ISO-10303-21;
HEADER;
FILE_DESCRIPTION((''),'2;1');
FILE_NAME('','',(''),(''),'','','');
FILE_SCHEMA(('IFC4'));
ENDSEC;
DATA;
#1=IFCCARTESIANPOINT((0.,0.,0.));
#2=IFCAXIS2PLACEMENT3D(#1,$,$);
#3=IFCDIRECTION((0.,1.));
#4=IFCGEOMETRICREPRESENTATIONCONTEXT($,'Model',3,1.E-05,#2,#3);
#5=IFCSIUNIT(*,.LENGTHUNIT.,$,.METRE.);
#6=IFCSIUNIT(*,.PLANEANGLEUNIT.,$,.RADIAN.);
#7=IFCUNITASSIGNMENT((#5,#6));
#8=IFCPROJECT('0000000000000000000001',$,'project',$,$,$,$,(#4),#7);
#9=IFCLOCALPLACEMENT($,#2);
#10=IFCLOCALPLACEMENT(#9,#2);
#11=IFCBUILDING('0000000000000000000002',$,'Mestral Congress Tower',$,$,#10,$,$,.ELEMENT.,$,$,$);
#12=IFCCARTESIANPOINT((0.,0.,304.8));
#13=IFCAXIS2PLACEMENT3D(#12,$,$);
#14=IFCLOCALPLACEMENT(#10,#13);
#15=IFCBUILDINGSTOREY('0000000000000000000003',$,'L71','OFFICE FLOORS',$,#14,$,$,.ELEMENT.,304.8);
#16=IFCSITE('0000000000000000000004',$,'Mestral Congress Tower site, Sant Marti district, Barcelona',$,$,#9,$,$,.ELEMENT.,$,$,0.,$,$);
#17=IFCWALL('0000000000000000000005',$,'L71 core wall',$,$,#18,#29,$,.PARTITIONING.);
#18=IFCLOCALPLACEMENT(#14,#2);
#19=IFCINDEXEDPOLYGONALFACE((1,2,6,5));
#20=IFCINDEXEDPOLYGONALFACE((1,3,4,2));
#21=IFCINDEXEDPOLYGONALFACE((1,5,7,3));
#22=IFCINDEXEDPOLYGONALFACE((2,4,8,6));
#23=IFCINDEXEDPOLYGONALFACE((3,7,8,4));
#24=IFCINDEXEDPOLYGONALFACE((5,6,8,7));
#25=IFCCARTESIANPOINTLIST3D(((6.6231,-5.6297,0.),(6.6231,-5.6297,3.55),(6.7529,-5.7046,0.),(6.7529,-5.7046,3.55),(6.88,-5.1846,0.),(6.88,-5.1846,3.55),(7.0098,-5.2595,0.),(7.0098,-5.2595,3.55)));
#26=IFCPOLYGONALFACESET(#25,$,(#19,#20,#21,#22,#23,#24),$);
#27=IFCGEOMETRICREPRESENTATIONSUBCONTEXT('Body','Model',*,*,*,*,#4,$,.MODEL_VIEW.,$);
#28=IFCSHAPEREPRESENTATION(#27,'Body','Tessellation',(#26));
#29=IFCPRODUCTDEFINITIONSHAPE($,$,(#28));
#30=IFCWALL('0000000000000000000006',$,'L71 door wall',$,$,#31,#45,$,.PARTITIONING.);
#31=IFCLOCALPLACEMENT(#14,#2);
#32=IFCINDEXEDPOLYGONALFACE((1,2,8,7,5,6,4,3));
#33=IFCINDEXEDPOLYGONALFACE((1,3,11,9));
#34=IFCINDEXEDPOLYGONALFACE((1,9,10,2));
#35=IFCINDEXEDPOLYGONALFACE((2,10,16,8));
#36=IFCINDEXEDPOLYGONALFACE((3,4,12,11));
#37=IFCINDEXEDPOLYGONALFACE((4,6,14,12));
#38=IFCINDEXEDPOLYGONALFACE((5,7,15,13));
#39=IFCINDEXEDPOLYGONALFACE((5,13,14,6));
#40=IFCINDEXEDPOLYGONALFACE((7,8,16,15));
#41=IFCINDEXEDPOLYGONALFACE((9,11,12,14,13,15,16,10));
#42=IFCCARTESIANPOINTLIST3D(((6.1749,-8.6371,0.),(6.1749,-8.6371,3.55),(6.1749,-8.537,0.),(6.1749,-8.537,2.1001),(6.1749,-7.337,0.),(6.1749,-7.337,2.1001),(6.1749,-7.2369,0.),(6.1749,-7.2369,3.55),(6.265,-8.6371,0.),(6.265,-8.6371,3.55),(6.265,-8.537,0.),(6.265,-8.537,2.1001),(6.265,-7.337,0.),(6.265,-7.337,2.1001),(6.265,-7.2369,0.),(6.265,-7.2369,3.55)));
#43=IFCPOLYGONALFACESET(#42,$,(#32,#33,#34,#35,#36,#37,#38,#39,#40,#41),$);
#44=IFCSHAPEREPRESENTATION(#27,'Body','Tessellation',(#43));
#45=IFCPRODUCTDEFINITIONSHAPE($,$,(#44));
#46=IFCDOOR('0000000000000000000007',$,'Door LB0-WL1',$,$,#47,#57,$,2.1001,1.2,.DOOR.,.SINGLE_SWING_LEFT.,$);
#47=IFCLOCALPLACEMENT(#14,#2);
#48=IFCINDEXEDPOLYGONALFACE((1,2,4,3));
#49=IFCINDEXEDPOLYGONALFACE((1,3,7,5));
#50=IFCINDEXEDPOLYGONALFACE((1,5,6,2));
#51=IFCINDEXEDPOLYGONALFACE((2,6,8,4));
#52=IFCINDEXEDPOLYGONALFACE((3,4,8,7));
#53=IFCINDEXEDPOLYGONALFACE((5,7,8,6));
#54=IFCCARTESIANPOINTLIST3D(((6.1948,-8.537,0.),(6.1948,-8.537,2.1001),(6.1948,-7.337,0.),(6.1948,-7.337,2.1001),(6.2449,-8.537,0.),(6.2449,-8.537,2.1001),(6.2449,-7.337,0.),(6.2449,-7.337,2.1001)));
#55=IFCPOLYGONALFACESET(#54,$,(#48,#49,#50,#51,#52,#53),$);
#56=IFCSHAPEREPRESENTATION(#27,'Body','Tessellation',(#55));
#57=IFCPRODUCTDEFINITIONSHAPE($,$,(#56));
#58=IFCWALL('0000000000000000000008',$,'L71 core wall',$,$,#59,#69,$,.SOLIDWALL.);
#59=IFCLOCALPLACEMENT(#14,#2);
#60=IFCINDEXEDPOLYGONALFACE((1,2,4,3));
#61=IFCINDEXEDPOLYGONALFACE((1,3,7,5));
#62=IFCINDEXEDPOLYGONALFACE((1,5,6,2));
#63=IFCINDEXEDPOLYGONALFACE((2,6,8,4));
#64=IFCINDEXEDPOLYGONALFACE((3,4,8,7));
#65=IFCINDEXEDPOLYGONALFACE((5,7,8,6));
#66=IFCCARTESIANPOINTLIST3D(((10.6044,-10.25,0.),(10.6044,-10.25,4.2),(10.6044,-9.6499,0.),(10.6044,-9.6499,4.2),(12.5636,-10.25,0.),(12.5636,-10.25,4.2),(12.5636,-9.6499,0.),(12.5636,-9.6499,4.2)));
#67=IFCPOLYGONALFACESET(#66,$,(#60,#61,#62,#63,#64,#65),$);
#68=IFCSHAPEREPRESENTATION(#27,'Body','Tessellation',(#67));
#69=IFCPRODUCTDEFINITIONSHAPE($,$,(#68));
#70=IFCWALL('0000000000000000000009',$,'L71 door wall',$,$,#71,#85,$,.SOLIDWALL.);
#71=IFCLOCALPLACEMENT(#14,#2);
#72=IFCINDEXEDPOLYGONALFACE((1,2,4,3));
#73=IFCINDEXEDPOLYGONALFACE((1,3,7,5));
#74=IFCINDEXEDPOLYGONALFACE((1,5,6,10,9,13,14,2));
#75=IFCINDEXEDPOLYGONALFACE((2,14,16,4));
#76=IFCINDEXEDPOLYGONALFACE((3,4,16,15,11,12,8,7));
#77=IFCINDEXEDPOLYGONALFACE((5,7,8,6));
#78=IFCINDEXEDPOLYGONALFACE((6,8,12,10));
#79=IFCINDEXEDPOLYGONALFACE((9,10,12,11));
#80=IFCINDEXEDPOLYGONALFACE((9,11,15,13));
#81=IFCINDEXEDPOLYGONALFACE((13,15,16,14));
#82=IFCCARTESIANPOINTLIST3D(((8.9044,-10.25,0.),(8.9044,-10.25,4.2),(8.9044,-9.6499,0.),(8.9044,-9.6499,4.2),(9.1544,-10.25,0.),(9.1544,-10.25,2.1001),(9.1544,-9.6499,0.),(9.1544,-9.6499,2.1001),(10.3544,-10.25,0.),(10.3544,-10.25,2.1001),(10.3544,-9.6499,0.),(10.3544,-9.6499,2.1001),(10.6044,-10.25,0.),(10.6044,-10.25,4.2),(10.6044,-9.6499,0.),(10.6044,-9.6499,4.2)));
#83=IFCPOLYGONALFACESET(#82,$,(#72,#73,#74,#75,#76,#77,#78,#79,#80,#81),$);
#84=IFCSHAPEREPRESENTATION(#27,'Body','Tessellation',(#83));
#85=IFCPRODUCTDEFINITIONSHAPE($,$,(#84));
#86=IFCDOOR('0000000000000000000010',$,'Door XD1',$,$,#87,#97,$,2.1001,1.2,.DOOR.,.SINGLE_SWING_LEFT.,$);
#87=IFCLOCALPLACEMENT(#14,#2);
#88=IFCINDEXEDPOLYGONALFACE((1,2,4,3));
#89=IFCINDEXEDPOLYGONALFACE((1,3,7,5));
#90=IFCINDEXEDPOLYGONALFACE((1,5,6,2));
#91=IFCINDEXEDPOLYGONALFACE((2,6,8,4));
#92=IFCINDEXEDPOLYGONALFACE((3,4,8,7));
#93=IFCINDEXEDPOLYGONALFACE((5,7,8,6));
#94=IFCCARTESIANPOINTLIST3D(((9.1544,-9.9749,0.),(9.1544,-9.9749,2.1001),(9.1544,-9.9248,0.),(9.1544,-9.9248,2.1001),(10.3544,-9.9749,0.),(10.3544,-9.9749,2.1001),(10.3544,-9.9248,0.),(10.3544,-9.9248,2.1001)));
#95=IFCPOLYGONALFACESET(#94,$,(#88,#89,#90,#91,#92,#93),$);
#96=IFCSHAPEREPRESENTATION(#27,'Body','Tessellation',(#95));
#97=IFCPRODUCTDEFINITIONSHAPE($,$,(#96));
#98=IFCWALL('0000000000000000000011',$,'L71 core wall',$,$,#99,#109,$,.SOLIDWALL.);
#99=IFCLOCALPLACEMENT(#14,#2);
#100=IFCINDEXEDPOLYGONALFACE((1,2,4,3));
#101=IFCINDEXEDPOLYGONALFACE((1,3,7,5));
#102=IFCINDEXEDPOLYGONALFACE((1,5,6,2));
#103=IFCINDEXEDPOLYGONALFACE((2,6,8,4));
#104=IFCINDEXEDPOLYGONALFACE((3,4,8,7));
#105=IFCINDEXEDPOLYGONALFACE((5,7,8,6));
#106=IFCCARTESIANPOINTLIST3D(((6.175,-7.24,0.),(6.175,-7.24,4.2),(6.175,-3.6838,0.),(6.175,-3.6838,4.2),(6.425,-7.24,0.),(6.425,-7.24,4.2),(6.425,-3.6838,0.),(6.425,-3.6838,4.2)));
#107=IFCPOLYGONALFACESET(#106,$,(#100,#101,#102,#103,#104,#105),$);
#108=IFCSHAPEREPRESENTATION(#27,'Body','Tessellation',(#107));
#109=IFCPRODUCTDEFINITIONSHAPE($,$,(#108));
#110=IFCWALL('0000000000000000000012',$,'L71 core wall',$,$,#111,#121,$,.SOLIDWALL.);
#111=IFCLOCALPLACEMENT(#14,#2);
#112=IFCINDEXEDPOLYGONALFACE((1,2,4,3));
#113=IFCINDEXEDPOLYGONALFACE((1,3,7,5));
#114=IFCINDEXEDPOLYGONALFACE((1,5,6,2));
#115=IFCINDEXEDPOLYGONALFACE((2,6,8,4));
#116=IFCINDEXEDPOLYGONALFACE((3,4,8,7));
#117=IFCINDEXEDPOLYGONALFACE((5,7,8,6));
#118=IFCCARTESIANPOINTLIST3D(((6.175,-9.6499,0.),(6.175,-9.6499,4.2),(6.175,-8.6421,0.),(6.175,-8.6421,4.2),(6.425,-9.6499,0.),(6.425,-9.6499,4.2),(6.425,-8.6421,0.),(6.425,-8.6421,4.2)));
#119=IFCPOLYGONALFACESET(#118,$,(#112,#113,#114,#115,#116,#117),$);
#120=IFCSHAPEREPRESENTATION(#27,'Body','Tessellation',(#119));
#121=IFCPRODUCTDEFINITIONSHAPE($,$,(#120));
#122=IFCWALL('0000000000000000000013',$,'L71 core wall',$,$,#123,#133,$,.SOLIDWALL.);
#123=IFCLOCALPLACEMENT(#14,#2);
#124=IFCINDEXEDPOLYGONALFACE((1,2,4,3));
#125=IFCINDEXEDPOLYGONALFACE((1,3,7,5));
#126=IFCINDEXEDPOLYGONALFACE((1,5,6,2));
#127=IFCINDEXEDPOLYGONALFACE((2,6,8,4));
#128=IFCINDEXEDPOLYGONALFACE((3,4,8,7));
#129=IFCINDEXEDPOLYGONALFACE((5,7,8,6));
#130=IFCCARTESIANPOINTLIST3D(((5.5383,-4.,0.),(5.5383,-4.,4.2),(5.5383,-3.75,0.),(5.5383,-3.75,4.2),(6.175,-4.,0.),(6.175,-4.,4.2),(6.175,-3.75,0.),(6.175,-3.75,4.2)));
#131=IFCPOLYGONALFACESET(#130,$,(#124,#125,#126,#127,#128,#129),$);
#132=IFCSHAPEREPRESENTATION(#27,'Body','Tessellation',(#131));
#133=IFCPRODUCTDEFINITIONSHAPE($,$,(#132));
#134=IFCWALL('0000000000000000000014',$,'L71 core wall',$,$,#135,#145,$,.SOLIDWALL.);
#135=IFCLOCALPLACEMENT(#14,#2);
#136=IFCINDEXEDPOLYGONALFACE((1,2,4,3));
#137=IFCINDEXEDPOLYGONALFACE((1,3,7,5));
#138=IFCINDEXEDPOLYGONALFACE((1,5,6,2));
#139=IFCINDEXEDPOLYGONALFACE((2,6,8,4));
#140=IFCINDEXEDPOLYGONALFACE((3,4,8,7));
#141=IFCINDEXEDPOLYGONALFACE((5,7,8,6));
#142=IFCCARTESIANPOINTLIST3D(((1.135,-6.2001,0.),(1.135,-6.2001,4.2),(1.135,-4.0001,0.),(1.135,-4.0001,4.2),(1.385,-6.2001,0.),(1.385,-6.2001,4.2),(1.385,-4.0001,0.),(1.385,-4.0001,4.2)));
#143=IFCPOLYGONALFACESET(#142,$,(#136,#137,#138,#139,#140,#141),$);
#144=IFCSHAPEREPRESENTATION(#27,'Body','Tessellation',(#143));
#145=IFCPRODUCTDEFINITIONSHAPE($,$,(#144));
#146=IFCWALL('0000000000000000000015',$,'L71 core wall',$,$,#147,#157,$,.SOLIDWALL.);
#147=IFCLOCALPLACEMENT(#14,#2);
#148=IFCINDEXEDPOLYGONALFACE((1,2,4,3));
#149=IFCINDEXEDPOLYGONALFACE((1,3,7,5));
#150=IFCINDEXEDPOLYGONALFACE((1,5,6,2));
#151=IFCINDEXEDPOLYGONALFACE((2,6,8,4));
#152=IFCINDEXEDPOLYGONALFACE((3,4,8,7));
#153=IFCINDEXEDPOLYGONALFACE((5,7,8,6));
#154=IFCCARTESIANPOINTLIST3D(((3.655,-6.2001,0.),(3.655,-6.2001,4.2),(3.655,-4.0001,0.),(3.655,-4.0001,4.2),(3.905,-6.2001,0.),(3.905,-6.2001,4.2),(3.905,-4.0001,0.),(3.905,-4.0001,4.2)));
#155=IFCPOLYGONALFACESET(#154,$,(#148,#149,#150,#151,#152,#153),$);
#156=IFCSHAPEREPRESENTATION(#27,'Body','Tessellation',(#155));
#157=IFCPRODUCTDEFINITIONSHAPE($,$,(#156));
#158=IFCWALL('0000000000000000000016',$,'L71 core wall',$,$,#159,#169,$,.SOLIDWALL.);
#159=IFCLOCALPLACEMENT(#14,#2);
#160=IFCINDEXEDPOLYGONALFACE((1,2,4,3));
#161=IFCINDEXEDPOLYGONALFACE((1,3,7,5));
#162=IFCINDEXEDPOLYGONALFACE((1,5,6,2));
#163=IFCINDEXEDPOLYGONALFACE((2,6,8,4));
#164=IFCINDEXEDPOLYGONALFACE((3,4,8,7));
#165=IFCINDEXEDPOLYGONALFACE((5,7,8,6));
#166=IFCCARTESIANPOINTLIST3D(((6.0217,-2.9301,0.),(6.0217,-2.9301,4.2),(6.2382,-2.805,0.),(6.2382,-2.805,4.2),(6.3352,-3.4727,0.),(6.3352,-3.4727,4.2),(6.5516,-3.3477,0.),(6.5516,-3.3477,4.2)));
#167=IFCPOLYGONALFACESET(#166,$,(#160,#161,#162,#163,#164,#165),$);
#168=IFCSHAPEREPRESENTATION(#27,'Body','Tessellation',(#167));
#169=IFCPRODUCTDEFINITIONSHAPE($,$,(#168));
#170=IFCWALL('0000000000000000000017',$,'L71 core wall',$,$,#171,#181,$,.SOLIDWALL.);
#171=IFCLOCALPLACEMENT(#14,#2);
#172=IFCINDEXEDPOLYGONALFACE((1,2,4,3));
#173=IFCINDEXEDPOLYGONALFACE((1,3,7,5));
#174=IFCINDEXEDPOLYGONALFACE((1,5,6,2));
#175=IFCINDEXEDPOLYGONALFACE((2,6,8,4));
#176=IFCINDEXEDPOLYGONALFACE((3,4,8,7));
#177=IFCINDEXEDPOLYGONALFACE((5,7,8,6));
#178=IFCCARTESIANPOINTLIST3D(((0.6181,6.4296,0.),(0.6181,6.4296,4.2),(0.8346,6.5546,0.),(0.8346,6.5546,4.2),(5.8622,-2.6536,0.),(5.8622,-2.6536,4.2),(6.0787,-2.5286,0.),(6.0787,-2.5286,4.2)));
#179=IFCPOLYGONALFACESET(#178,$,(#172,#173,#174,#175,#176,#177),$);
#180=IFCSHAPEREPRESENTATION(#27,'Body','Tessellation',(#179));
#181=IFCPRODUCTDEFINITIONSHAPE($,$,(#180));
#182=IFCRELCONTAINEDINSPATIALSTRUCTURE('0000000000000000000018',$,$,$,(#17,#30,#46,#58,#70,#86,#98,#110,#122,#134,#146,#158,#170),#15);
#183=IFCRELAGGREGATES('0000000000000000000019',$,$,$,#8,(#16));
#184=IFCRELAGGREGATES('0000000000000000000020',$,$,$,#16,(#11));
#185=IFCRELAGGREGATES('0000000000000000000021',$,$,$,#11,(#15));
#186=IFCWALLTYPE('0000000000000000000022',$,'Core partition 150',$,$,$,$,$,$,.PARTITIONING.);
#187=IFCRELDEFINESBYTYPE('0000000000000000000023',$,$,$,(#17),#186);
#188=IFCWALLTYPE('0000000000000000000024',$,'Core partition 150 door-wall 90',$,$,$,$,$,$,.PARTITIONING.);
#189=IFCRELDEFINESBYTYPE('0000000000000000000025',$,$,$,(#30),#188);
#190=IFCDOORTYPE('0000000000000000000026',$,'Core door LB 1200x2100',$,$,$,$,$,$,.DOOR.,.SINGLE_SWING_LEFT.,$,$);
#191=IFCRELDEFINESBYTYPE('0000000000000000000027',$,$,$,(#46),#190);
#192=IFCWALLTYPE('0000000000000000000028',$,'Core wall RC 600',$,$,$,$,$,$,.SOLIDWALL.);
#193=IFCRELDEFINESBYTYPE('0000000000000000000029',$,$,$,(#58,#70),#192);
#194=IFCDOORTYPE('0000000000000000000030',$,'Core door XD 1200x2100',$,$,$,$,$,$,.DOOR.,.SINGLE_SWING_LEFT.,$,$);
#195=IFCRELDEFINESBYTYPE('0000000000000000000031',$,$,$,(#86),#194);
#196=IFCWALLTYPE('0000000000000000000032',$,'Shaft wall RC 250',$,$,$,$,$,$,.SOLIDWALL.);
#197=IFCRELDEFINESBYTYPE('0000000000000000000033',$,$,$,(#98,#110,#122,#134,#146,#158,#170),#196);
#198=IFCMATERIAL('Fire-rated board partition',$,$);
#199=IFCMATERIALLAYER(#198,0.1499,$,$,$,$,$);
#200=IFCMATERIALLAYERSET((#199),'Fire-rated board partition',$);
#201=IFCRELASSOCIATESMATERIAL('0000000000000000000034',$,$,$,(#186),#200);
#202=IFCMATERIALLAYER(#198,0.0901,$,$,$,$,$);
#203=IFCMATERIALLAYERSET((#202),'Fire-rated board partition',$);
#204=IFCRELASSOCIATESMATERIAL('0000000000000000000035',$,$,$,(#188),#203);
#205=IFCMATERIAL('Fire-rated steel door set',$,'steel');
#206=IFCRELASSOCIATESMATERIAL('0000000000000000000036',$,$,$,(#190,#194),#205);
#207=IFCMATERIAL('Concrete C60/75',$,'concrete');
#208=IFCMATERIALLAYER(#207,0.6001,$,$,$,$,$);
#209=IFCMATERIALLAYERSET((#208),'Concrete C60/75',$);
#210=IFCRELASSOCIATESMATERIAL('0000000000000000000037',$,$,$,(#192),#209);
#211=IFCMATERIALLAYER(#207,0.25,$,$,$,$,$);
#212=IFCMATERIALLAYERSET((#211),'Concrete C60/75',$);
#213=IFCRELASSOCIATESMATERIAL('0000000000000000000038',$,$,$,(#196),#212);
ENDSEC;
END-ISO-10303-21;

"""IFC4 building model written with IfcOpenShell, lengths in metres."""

from ifc_helpers import new_model, si_unit, direction, frame, frame_2d, origin, place, context, subcontext, project, spatial, rectangle, extrude, material, layer, layer_set, type_object, element, fill, save


model = new_model("IFC4")

# Units and contexts
model_context = context("Model", 3, precision=1e-05, world=origin(), true_north=direction((0.0, 1.0)))
body_context = subcontext(model_context, "Body", "Model", "MODEL_VIEW")
ifc_project = project(units=[si_unit("LENGTHUNIT", "METRE"), si_unit("PLANEANGLEUNIT", "RADIAN")], contexts=[model_context])

# Site, building, storey
site_placement = place(None, origin())
site = spatial("IfcSite", under=ifc_project, at=site_placement, Name="Mestral Congress Tower site, Sant Marti district, Barcelona", CompositionType="ELEMENT", RefElevation=0.0)
building_placement = place(site_placement, origin())
building = spatial("IfcBuilding", under=site, at=building_placement, Name="Mestral Congress Tower", CompositionType="ELEMENT")
storey_placement = place(building_placement, frame((0.0, 0.0, 304.8)))
storey = spatial("IfcBuildingStorey", under=building, at=storey_placement, Name="L71", Description="OFFICE FLOORS", CompositionType="ELEMENT", Elevation=304.8)

# Wall
ifc_material_1 = material(Name="Fire-rated board partition")
ifc_layer_1 = layer(ifc_material_1, 0.1499)
ifc_layer_set_1 = layer_set([ifc_layer_1], Name="Fire-rated board partition")
wall_type_1 = type_object("IfcWallType", Name="Core partition 150", PredefinedType="PARTITIONING", material=ifc_layer_set_1)
wall_1_placement = place(storey_placement, frame((6.9448, -5.2222, 0.0), z_axis=(0.0, 0.0, 1.0), x_axis=(-0.499818, -0.86613, 0.0)))
element("IfcWall", 1, at=wall_1_placement, inside=storey, type_object=wall_type_1, Name="L71 core wall", PredefinedType="PARTITIONING", context=body_context, shape_type="SweptSolid", body=[
    extrude(rectangle(XDim=0.5139, YDim=0.1499, at=frame_2d((0.2568, 0.0))), origin(), (0.0, 0.0, 1.0), 3.55),
])

# Wall, opening, door
ifc_layer_2 = layer(ifc_material_1, 0.0901)
ifc_layer_set_2 = layer_set([ifc_layer_2], Name="Fire-rated board partition")
wall_type_2 = type_object("IfcWallType", Name="Core partition 150 door-wall 90", PredefinedType="PARTITIONING", material=ifc_layer_set_2)
wall_2_placement = place(storey_placement, frame((6.22, -7.2368, 0.0), z_axis=(0.0, 0.0, 1.0), x_axis=(0.0, -1.0, 0.0)))
wall_2 = element("IfcWall", 2, at=wall_2_placement, inside=storey, type_object=wall_type_2, Name="L71 door wall", PredefinedType="PARTITIONING", context=body_context, shape_type="SweptSolid", body=[
    extrude(rectangle(XDim=1.4001, YDim=0.0901, at=frame_2d((0.7002, 0.0))), origin(), (0.0, 0.0, 1.0), 3.55),
])
opening_1_placement = place(wall_2_placement, frame((0.1001, 0.0, 0.0)))
opening_1 = element("IfcOpeningElement", 3, at=opening_1_placement, cuts=wall_2, PredefinedType="OPENING", context=body_context, shape_type="SweptSolid", body=[
    extrude(rectangle(XDim=1.2, YDim=2.1001, at=frame_2d((0.6001, 1.05))), frame((0.0, 0.0549, 0.0), z_axis=(0.0, -1.0, 0.0), x_axis=(1.0, 0.0, 0.0)), (0.0, 0.0, 1.0), 0.1101),
])
ifc_material_2 = material(Name="Fire-rated steel door set", Category="steel")
door_type_1 = type_object("IfcDoorType", Name="Core door LB 1200x2100", OperationType="SINGLE_SWING_LEFT", PredefinedType="DOOR", material=ifc_material_2)
door_1_placement = place(opening_1_placement, origin())
door_1 = element("IfcDoor", 4, at=door_1_placement, inside=storey, type_object=door_type_1, Name="Door LB0-WL1", OperationType="SINGLE_SWING_LEFT", OverallHeight=2.1001, OverallWidth=1.2, PredefinedType="DOOR", context=body_context, shape_type="SweptSolid", body=[
    extrude(rectangle(XDim=1.2, YDim=2.1001, at=frame_2d((0.6001, 1.05))), frame((0.0, 0.0249, 0.0), z_axis=(0.0, -1.0, 0.0), x_axis=(1.0, 0.0, 0.0)), (0.0, 0.0, 1.0), 0.05),
])
fill(opening_1, door_1)

# Wall
ifc_material_3 = material(Name="Concrete C60/75", Category="concrete")
ifc_layer_3 = layer(ifc_material_3, 0.6001)
ifc_layer_set_3 = layer_set([ifc_layer_3], Name="Concrete C60/75")
wall_type_3 = type_object("IfcWallType", Name="Core wall RC 600", PredefinedType="SOLIDWALL", material=ifc_layer_set_3)
wall_3_placement = place(storey_placement, frame((10.6045, -9.95, 0.0), z_axis=(0.0, 0.0, 1.0), x_axis=(1.0, 0.0, 0.0)))
element("IfcWall", 5, at=wall_3_placement, inside=storey, type_object=wall_type_3, Name="L71 core wall", PredefinedType="SOLIDWALL", context=body_context, shape_type="SweptSolid", body=[
    extrude(rectangle(XDim=1.9592, YDim=0.6001, at=frame_2d((0.9795, 0.0))), origin(), (0.0, 0.0, 1.0), 4.2),
])

# Wall, opening, door
wall_4_placement = place(storey_placement, frame((10.6045, -9.95, 0.0), z_axis=(0.0, 0.0, 1.0), x_axis=(-1.0, 0.0, 0.0)))
wall_4 = element("IfcWall", 6, at=wall_4_placement, inside=storey, type_object=wall_type_3, Name="L71 door wall", PredefinedType="SOLIDWALL", context=body_context, shape_type="SweptSolid", body=[
    extrude(rectangle(XDim=1.7, YDim=0.6001, at=frame_2d((0.8501, 0.0))), origin(), (0.0, 0.0, 1.0), 4.2),
])
opening_2_placement = place(wall_4_placement, frame((0.25, 0.0, 0.0)))
opening_2 = element("IfcOpeningElement", 7, at=opening_2_placement, cuts=wall_4, PredefinedType="OPENING", context=body_context, shape_type="SweptSolid", body=[
    extrude(rectangle(XDim=1.2, YDim=2.1001, at=frame_2d((0.6001, 1.05))), frame((0.0, 0.3101, 0.0), z_axis=(0.0, -1.0, 0.0), x_axis=(1.0, 0.0, 0.0)), (0.0, 0.0, 1.0), 0.6201),
])
door_type_2 = type_object("IfcDoorType", Name="Core door XD 1200x2100", OperationType="SINGLE_SWING_LEFT", PredefinedType="DOOR", material=ifc_material_2)
door_2_placement = place(opening_2_placement, origin())
door_2 = element("IfcDoor", 8, at=door_2_placement, inside=storey, type_object=door_type_2, Name="Door XD1", OperationType="SINGLE_SWING_LEFT", OverallHeight=2.1001, OverallWidth=1.2, PredefinedType="DOOR", context=body_context, shape_type="SweptSolid", body=[
    extrude(rectangle(XDim=1.2, YDim=2.1001, at=frame_2d((0.6001, 1.05))), frame((0.0, 0.0249, 0.0), z_axis=(0.0, -1.0, 0.0), x_axis=(1.0, 0.0, 0.0)), (0.0, 0.0, 1.0), 0.05),
])
fill(opening_2, door_2)

# Walls
ifc_layer_4 = layer(ifc_material_3, 0.25)
ifc_layer_set_4 = layer_set([ifc_layer_4], Name="Concrete C60/75")
wall_type_4 = type_object("IfcWallType", Name="Shaft wall RC 250", PredefinedType="SOLIDWALL", material=ifc_layer_set_4)
wall_5_placement = place(storey_placement, frame((6.3, -7.24, 0.0), z_axis=(0.0, 0.0, 1.0), x_axis=(0.0, 1.0, 0.0)))
element("IfcWall", 9, at=wall_5_placement, inside=storey, type_object=wall_type_4, Name="L71 core wall", PredefinedType="SOLIDWALL", context=body_context, shape_type="SweptSolid", body=[
    extrude(rectangle(XDim=3.5562, YDim=0.25, at=frame_2d((1.7781, 0.0))), origin(), (0.0, 0.0, 1.0), 4.2),
])
wall_6_placement = place(storey_placement, frame((6.3, -9.6499, 0.0), z_axis=(0.0, 0.0, 1.0), x_axis=(0.0, 1.0, 0.0)))
element("IfcWall", 10, at=wall_6_placement, inside=storey, type_object=wall_type_4, Name="L71 core wall", PredefinedType="SOLIDWALL", context=body_context, shape_type="SweptSolid", body=[
    extrude(rectangle(XDim=1.0078, YDim=0.25, at=frame_2d((0.5039, 0.0))), origin(), (0.0, 0.0, 1.0), 4.2),
])
wall_7_placement = place(storey_placement, frame((5.5383, -3.875, 0.0), z_axis=(0.0, 0.0, 1.0), x_axis=(1.0, 0.0, 0.0)))
element("IfcWall", 11, at=wall_7_placement, inside=storey, type_object=wall_type_4, Name="L71 core wall", PredefinedType="SOLIDWALL", context=body_context, shape_type="SweptSolid", body=[
    extrude(rectangle(XDim=0.6367, YDim=0.25, at=frame_2d((0.3184, 0.0))), origin(), (0.0, 0.0, 1.0), 4.2),
])
for number, where, z_axis, x_axis, name in (
    (12, (1.26, -4.0, 0.0), (0.0, 0.0, 1.0), (0.0, -1.0, 0.0), "L71 core wall"),
    (13, (3.78, -4.0, 0.0), (0.0, 0.0, 1.0), (0.0, -1.0, 0.0), "L71 core wall"),
):
    element("IfcWall", number, at=place(storey_placement, frame(where, z_axis=z_axis, x_axis=x_axis)), inside=storey, type_object=wall_type_4, Name=name, PredefinedType="SOLIDWALL", context=body_context, shape_type="SweptSolid", body=[
        extrude(rectangle(XDim=2.2, YDim=0.25, at=frame_2d((1.1001, 0.0))), origin(), (0.0, 0.0, 1.0), 4.2),
    ])
wall_8_placement = place(storey_placement, frame((6.1299, -2.8674, 0.0), z_axis=(0.0, 0.0, 1.0), x_axis=(0.500161, -0.865933, 0.0)))
element("IfcWall", 14, at=wall_8_placement, inside=storey, type_object=wall_type_4, Name="L71 core wall", PredefinedType="SOLIDWALL", context=body_context, shape_type="SweptSolid", body=[
    extrude(rectangle(XDim=0.6267, YDim=0.25, at=frame_2d((0.3135, 0.0))), origin(), (0.0, 0.0, 1.0), 4.2),
])
wall_9_placement = place(storey_placement, frame((5.9705, -2.5911, 0.0), z_axis=(0.0, 0.0, 1.0), x_axis=(-0.499994, 0.866029, 0.0)))
element("IfcWall", 15, at=wall_9_placement, inside=storey, type_object=wall_type_4, Name="L71 core wall", PredefinedType="SOLIDWALL", context=body_context, shape_type="SweptSolid", body=[
    extrude(rectangle(XDim=10.4883, YDim=0.25, at=frame_2d((5.2441, 0.0))), origin(), (0.0, 0.0, 1.0), 4.2),
])

save(model, "model.ifc")
